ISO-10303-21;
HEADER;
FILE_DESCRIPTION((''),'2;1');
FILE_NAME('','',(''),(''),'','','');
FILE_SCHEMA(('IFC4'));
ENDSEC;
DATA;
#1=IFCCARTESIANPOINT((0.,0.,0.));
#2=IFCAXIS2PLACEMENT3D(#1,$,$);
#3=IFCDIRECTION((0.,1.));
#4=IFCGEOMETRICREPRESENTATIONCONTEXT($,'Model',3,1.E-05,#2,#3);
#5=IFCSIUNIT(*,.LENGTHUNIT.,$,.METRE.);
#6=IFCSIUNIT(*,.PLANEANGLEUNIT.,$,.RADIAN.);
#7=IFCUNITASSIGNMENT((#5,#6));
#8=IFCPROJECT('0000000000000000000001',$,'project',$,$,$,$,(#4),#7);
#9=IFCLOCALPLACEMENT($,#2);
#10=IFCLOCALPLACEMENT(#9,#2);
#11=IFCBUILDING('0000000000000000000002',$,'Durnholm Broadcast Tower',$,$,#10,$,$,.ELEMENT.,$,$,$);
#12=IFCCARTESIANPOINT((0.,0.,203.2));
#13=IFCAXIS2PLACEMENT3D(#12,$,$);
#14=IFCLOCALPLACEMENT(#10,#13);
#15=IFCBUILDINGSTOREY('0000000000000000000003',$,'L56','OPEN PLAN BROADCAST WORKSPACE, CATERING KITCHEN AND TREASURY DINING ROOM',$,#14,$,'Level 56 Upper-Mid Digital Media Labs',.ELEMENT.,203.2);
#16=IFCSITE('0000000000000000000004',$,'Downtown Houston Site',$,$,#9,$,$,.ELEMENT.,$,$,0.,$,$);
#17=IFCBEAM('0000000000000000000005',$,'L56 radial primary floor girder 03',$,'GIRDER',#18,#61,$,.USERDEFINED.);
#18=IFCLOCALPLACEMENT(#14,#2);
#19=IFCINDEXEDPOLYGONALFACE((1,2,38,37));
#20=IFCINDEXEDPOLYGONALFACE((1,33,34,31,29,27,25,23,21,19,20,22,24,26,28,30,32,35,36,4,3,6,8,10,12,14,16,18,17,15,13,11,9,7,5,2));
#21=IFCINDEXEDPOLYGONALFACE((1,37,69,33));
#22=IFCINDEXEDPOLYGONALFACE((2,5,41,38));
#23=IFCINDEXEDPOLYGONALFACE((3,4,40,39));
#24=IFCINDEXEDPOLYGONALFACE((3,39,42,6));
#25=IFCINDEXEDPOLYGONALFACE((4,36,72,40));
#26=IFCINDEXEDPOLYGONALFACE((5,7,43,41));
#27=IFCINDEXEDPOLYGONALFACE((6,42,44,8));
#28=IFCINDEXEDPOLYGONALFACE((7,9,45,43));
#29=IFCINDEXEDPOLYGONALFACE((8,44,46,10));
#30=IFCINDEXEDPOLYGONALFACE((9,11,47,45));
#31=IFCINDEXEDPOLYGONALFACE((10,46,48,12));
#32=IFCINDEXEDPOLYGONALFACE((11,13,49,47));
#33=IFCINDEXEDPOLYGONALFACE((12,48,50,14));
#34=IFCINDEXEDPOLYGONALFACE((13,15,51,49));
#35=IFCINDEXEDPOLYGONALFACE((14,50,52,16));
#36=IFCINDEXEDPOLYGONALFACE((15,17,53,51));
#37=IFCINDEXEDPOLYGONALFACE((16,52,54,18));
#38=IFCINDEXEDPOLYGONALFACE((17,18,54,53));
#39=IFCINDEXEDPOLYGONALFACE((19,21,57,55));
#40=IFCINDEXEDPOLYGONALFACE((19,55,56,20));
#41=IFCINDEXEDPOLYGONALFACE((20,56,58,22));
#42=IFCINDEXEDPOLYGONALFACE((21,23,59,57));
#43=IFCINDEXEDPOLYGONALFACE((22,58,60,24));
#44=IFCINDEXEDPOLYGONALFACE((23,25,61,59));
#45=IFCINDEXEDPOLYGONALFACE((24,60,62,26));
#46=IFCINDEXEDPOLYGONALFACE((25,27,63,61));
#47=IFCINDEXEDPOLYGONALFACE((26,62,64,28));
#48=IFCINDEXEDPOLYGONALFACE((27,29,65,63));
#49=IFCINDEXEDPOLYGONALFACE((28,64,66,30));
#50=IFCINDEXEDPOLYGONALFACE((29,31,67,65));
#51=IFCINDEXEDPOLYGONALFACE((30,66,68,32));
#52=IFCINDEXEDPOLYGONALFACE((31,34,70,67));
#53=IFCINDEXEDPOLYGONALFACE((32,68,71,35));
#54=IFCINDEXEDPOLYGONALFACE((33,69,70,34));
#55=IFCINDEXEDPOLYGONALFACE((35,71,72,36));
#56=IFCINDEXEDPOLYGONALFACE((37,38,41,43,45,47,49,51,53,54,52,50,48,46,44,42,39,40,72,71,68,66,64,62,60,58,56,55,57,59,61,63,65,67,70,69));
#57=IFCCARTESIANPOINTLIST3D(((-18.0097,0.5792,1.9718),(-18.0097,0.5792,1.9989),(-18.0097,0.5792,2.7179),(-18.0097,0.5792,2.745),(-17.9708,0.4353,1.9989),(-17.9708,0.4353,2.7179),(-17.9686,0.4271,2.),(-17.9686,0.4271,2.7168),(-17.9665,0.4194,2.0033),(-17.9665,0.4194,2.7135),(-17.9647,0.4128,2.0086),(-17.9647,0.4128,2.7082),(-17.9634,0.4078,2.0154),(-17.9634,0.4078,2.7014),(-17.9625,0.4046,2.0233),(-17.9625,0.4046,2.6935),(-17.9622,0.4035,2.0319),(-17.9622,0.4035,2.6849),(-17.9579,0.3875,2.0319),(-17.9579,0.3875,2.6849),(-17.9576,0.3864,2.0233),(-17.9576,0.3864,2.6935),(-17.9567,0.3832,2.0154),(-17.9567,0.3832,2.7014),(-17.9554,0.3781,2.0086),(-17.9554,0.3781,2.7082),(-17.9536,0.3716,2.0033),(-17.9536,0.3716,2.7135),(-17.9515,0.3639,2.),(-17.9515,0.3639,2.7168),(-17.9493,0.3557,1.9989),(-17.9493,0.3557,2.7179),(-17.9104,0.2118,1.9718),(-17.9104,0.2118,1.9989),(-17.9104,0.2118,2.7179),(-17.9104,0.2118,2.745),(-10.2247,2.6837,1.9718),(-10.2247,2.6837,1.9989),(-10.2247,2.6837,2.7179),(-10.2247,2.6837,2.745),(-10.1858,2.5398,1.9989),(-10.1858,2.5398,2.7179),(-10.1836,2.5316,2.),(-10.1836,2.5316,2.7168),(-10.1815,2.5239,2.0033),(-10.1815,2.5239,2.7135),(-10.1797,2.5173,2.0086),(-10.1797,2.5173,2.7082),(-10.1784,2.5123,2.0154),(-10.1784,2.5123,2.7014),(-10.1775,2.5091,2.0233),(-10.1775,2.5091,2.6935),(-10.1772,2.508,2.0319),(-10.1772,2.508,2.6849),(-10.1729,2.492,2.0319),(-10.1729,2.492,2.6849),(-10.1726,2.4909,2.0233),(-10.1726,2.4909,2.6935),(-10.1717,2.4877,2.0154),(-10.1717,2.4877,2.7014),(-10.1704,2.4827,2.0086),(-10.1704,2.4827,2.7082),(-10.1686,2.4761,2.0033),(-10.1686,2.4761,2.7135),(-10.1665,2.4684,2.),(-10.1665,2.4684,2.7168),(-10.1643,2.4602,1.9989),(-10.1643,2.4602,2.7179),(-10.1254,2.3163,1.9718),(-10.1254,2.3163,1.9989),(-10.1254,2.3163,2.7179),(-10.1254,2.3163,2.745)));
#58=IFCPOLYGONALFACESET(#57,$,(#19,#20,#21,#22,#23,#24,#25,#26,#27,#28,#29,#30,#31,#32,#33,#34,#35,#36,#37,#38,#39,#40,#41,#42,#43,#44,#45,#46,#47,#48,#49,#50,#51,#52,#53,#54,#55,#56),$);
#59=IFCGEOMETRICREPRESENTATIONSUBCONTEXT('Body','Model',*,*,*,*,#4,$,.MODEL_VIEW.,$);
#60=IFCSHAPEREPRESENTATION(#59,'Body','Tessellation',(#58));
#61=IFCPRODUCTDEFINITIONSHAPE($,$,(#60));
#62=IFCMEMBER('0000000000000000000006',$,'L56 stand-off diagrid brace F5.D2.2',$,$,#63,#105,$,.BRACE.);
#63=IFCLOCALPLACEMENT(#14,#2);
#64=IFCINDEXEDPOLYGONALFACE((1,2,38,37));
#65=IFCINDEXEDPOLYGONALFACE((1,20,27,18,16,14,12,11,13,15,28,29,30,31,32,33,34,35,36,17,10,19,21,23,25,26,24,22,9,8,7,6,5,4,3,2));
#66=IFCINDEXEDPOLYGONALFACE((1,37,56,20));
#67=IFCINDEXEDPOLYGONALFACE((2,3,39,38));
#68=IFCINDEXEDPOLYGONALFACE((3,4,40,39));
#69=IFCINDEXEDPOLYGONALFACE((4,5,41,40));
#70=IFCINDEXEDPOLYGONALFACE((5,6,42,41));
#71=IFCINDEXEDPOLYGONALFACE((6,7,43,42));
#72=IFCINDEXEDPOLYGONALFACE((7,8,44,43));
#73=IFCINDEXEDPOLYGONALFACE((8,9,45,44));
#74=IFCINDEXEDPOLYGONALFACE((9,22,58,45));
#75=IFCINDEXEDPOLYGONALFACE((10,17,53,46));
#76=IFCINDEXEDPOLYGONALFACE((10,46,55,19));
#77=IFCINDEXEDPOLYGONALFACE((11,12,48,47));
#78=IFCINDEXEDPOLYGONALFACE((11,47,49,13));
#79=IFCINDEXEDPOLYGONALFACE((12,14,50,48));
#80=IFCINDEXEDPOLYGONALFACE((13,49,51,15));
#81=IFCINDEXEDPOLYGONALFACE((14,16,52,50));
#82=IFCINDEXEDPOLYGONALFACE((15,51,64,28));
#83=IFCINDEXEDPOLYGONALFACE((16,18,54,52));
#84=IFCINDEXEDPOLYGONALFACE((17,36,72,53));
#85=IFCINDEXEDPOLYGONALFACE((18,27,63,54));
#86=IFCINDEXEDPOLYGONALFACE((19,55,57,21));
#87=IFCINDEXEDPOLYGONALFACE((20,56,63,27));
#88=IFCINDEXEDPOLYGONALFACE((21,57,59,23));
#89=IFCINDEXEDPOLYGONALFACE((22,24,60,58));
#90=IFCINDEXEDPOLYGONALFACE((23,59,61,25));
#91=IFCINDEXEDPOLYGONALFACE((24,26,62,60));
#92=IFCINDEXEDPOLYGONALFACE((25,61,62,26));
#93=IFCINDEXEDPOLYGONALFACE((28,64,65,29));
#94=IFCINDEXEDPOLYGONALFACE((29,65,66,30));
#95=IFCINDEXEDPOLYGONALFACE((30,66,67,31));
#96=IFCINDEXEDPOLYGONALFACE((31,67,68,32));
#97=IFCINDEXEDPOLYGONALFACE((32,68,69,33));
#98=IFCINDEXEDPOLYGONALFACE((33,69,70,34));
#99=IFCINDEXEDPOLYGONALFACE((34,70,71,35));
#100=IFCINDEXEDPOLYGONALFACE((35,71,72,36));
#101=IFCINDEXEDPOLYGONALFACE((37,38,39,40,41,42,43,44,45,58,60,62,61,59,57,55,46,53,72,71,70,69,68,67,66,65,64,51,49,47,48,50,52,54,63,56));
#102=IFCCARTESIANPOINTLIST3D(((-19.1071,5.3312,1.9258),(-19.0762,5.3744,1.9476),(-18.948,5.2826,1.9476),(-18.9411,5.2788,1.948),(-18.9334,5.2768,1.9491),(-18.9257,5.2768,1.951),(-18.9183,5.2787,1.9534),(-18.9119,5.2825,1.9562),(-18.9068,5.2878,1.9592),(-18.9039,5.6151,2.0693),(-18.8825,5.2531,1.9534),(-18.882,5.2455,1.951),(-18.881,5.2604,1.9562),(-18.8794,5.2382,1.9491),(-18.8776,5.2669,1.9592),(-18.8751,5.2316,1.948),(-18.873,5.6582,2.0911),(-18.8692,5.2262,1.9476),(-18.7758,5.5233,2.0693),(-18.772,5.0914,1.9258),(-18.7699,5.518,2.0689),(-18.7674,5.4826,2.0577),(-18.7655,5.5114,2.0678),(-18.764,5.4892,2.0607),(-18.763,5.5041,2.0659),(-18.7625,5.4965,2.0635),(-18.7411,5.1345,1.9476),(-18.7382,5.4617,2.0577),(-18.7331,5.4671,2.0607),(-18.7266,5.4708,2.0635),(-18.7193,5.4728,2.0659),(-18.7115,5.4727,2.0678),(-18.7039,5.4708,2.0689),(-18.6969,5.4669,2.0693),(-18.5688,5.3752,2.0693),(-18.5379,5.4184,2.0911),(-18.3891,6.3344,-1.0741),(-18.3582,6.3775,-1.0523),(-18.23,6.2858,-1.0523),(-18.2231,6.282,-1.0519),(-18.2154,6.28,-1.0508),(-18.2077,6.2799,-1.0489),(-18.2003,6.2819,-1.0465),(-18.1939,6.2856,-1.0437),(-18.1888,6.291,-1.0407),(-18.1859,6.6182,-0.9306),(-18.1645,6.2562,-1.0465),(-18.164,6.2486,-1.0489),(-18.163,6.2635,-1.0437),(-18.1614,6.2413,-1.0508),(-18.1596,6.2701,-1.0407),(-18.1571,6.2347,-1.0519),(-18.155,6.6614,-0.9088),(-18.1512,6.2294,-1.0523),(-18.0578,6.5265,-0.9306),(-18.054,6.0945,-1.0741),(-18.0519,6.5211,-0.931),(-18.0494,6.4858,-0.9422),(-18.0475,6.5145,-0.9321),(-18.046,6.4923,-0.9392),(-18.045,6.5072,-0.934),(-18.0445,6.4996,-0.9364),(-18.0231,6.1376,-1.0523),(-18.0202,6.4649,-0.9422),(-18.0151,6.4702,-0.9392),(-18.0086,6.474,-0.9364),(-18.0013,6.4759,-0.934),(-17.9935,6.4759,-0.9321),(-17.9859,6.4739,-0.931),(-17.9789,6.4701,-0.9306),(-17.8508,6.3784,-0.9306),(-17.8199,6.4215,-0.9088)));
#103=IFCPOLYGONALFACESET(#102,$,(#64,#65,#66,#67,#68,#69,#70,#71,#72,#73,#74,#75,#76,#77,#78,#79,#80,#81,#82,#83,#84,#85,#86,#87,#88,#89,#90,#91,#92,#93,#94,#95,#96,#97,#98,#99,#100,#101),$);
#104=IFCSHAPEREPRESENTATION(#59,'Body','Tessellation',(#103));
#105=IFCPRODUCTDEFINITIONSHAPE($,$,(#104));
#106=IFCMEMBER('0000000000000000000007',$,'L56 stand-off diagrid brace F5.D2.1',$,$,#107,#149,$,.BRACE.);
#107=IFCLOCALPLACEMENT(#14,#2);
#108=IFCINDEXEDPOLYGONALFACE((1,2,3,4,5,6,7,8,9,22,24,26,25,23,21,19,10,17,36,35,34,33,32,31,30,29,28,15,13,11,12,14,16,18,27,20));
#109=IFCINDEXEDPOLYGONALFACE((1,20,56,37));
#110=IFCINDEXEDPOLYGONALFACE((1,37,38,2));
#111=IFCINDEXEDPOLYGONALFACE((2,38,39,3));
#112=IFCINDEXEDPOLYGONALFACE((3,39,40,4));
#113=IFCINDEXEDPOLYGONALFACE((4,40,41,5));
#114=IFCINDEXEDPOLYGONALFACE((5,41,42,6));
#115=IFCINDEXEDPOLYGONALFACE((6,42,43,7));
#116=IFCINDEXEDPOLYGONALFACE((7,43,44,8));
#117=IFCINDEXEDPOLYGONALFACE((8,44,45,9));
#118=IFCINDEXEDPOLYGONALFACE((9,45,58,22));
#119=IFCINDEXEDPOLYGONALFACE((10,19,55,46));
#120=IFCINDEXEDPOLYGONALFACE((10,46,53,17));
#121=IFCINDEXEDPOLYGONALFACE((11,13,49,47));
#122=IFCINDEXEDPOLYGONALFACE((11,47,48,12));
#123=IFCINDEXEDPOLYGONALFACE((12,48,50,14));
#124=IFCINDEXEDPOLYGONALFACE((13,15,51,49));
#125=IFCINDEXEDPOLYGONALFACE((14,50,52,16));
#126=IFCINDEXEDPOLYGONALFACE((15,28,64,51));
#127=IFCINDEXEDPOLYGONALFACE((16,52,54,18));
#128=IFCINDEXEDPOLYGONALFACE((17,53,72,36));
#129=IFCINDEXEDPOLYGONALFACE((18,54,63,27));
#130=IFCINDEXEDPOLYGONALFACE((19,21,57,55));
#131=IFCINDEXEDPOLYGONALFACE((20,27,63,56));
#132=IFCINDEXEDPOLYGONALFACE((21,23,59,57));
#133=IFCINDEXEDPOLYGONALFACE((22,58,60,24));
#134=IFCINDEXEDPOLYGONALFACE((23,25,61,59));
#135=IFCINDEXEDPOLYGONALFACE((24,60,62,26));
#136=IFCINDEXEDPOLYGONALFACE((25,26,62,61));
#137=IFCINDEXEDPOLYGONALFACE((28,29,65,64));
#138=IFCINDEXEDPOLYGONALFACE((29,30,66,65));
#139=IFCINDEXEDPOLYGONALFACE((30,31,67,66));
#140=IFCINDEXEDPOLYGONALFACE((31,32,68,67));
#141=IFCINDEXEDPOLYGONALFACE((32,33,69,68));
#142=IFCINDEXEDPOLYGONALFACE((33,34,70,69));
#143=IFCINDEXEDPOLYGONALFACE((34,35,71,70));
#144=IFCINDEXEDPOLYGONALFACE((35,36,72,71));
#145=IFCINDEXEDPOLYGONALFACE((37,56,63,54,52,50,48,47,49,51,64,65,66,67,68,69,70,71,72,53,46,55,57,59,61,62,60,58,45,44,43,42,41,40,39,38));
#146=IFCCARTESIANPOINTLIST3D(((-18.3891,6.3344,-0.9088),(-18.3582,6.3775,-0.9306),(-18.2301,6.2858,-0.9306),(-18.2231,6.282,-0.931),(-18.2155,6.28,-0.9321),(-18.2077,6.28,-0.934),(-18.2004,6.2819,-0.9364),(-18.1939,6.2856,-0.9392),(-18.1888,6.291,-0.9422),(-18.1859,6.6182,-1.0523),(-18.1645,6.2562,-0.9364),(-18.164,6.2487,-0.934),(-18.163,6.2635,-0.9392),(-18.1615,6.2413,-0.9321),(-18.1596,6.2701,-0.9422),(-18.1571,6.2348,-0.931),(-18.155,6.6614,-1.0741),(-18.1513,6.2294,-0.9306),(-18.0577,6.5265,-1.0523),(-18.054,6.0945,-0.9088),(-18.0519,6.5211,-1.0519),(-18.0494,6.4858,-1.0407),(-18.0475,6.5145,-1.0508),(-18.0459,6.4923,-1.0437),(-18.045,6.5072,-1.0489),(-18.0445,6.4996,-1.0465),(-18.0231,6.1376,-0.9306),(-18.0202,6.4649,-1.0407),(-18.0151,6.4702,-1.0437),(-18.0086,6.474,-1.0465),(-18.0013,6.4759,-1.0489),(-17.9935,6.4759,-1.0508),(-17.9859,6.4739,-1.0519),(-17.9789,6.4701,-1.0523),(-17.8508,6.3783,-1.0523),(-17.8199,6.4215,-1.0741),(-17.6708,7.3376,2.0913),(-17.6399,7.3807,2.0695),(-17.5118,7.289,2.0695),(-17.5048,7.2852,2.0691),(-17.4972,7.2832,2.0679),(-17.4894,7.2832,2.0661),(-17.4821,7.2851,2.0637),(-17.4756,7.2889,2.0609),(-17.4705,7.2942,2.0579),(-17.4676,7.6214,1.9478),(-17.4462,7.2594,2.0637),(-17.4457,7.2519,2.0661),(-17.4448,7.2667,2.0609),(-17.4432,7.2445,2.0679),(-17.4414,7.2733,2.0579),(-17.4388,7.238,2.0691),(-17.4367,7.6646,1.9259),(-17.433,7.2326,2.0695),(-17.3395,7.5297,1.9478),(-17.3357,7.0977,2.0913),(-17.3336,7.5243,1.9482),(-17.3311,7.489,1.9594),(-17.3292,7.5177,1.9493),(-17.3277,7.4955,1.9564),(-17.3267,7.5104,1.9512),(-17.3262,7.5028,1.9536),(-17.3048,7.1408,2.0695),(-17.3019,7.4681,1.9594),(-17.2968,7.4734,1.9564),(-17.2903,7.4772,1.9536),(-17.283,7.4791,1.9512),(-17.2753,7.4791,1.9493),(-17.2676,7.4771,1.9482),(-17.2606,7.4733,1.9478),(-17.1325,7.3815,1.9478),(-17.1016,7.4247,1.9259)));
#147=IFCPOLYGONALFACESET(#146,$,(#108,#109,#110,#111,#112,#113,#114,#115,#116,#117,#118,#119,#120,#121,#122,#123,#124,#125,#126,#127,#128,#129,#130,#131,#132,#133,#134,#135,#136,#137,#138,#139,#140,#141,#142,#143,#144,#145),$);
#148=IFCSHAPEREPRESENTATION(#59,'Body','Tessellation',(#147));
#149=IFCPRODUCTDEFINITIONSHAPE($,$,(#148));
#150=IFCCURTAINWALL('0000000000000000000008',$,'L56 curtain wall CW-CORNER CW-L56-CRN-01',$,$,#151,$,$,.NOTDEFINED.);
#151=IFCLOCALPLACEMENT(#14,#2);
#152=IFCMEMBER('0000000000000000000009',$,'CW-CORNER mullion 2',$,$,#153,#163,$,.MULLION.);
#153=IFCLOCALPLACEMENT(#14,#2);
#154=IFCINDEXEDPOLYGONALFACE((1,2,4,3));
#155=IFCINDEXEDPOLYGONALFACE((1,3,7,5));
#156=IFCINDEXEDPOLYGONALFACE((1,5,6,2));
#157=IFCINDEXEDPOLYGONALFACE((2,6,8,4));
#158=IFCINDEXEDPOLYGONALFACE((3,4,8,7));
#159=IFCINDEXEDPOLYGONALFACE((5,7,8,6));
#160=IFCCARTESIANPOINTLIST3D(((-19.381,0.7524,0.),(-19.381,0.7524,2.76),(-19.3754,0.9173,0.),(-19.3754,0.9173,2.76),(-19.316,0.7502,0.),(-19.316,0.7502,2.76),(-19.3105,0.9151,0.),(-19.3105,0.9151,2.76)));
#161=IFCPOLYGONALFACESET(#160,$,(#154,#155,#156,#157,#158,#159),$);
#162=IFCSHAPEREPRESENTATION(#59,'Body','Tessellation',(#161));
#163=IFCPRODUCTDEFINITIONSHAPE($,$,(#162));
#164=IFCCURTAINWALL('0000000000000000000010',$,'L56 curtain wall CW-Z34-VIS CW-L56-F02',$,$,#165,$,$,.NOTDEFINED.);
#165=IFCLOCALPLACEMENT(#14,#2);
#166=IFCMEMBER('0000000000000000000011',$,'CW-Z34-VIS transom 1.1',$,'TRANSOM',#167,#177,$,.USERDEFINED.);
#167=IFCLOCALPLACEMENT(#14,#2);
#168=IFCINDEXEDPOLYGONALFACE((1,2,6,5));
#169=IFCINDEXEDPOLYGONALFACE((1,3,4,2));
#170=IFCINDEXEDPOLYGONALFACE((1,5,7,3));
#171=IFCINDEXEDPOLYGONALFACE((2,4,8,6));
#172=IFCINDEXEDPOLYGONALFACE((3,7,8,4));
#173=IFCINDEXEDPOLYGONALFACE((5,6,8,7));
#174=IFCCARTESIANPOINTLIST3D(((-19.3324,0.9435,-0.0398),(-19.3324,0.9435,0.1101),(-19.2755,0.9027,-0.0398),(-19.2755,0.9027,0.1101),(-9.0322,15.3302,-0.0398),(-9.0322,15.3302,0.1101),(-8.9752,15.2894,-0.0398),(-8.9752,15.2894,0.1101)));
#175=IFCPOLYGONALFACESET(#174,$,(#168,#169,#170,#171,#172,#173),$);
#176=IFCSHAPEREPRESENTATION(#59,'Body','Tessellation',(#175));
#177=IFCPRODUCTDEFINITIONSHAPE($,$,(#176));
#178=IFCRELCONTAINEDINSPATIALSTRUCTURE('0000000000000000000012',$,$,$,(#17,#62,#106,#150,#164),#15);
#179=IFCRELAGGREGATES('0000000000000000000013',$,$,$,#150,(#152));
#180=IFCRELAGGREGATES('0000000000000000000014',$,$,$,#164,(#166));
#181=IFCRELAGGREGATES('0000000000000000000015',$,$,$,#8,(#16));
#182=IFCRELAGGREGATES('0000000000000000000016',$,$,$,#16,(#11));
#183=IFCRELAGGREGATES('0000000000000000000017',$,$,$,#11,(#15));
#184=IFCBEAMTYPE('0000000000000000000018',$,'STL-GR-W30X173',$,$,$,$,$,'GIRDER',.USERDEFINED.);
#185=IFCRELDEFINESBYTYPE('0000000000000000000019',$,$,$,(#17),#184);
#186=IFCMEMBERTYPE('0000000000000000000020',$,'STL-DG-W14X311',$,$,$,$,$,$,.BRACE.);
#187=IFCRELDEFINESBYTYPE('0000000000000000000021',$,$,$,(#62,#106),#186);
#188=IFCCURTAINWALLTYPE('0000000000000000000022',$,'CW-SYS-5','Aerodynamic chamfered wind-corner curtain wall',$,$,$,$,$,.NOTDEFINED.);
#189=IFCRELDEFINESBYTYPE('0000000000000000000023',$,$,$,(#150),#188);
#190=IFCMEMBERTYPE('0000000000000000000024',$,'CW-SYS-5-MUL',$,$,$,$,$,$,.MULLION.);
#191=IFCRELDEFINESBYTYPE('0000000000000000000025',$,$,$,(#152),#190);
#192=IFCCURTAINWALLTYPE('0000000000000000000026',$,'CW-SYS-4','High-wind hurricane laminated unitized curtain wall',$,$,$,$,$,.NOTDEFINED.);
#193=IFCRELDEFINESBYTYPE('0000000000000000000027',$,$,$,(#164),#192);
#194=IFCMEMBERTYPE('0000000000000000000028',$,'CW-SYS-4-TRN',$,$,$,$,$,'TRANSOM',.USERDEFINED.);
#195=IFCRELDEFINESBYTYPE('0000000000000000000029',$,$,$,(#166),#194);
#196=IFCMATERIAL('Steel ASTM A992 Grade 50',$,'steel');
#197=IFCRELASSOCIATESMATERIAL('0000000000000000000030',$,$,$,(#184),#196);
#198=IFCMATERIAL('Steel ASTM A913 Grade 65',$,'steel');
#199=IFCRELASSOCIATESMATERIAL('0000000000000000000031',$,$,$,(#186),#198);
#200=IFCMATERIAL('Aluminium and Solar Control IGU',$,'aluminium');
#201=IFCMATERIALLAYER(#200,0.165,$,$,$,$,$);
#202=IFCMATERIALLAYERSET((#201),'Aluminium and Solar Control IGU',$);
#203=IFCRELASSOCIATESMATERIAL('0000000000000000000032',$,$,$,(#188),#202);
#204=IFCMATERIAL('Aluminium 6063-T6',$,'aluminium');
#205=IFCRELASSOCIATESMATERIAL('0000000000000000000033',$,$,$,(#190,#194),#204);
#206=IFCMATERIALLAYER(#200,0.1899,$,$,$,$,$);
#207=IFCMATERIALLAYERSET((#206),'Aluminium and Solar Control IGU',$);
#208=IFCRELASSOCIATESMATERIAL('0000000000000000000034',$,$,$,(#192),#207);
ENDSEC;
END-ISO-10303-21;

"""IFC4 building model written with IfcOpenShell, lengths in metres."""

from ifc_helpers import new_model, si_unit, direction, frame, origin, origin_2d, place, context, subcontext, project, spatial, rectangle, i_section, extrude, source, transform, mapped, material, layer, layer_set, material_profile, profile_set, type_object, type_shapes, element, aggregate, save


model = new_model("IFC4")

# Units and contexts
model_context = context("Model", 3, precision=1e-05, world=origin(), true_north=direction((0.0, 1.0)))
body_context = subcontext(model_context, "Body", "Model", "MODEL_VIEW")
ifc_project = project(units=[si_unit("LENGTHUNIT", "METRE"), si_unit("PLANEANGLEUNIT", "RADIAN")], contexts=[model_context])

# Site, building, storey
site_placement = place(None, origin())
site = spatial("IfcSite", under=ifc_project, at=site_placement, Name="Downtown Houston Site", CompositionType="ELEMENT", RefElevation=0.0)
building_placement = place(site_placement, origin())
building = spatial("IfcBuilding", under=site, at=building_placement, Name="Durnholm Broadcast Tower", CompositionType="ELEMENT")
storey_placement = place(building_placement, frame((0.0, 0.0, 203.2)))
storey = spatial("IfcBuildingStorey", under=building, at=storey_placement, Name="L56", Description="OPEN PLAN BROADCAST WORKSPACE, CATERING KITCHEN AND TREASURY DINING ROOM", LongName="Level 56 Upper-Mid Digital Media Labs", CompositionType="ELEMENT", Elevation=203.2)

# Beam
ifc_material_1 = material(Name="Steel ASTM A992 Grade 50", Category="steel")
ifc_material_profile_1 = material_profile(ifc_material_1, i_section(OverallWidth=0.3806, OverallDepth=0.7732, WebThickness=0.0166, FlangeThickness=0.0271, FilletRadius=0.033, at=origin_2d()), Name="W30X173")
ifc_profile_set_1 = profile_set([ifc_material_profile_1], Name="Steel ASTM A992 Grade 50")
beam_type_1 = type_object("IfcBeamType", Name="STL-GR-W30X173", ElementType="GIRDER", PredefinedType="USERDEFINED", material=ifc_profile_set_1)
shared_shape_1 = source(origin(), body_context, "Body", "SweptSolid", [
    extrude(i_section(OverallWidth=0.3806, OverallDepth=0.7732, WebThickness=0.0166, FlangeThickness=0.0271, FilletRadius=0.033, at=origin_2d()), origin(), (0.0, 0.0, 1.0), 8.0645),
])
beam_1_placement = place(storey_placement, frame((-10.175, 2.5, 2.3584), z_axis=(-0.965349, -0.260962, 0.0), x_axis=(0.260962, -0.965349, 0.0)))
element("IfcBeam", 1, at=beam_1_placement, inside=storey, type_object=beam_type_1, Name="L56 radial primary floor girder 03", ObjectType="GIRDER", PredefinedType="USERDEFINED", context=body_context, shape_type="MappedRepresentation", body=[
    mapped(shared_shape_1, transform((0.0, 0.0, 0.0), x_axis=(1.0, 0.0, 0.0), y_axis=(0.0, 1.0, 0.0), z_axis=(0.0, 0.0, 1.0), scale=1.0)),
])

# Members
ifc_material_2 = material(Name="Steel ASTM A913 Grade 65", Category="steel")
ifc_material_profile_2 = material_profile(ifc_material_2, i_section(OverallWidth=0.4121, OverallDepth=0.4348, WebThickness=0.0359, FlangeThickness=0.0574, FilletRadius=0.0305, at=origin_2d()), Name="W14X311")
ifc_profile_set_2 = profile_set([ifc_material_profile_2], Name="Steel ASTM A913 Grade 65")
member_type_1 = type_object("IfcMemberType", Name="STL-DG-W14X311", PredefinedType="BRACE", material=ifc_profile_set_2)
shared_shape_2 = source(origin(), body_context, "Body", "SweptSolid", [
    extrude(i_section(OverallWidth=0.4121, OverallDepth=0.4348, WebThickness=0.0359, FlangeThickness=0.0574, FilletRadius=0.0305, at=origin_2d()), origin(), (0.0, 0.0, 1.0), 3.2437),
])
member_1_placement = place(storey_placement, frame((-18.1045, 6.3779, -0.9915), z_axis=(-0.221354, -0.309264, 0.924856), x_axis=(0.813171, -0.582024, 0.0)))
element("IfcMember", 2, at=member_1_placement, inside=storey, type_object=member_type_1, Name="L56 stand-off diagrid brace F5.D2.2", PredefinedType="BRACE", context=body_context, shape_type="MappedRepresentation", body=[
    mapped(shared_shape_2, transform((0.0, 0.0, 0.0), x_axis=(1.0, 0.0, 0.0), y_axis=(0.0, 1.0, 0.0), z_axis=(0.0, 0.0, 1.0), scale=1.0)),
])
shared_shape_3 = source(origin(), body_context, "Body", "SweptSolid", [
    extrude(i_section(OverallWidth=0.4121, OverallDepth=0.4348, WebThickness=0.0359, FlangeThickness=0.0574, FilletRadius=0.0305, at=origin_2d()), origin(), (0.0, 0.0, 1.0), 3.2439),
])
type_shapes(member_type_1, [shared_shape_2, shared_shape_3])
member_2_placement = place(storey_placement, frame((-18.1045, 6.3779, -0.9915), z_axis=(0.221426, 0.309259, 0.92484), x_axis=(-0.813078, 0.582155, 0.0)))
element("IfcMember", 3, at=member_2_placement, inside=storey, type_object=member_type_1, Name="L56 stand-off diagrid brace F5.D2.1", PredefinedType="BRACE", context=body_context, shape_type="MappedRepresentation", body=[
    mapped(shared_shape_3, transform((0.0, 0.0, 0.0), x_axis=(1.0, 0.0, 0.0), y_axis=(0.0, 1.0, 0.0), z_axis=(0.0, 0.0, 1.0), scale=1.0)),
])

# Curtain wall, member
ifc_material_3 = material(Name="Aluminium and Solar Control IGU", Category="aluminium")
ifc_layer_1 = layer(ifc_material_3, 0.165)
ifc_layer_set_1 = layer_set([ifc_layer_1], Name="Aluminium and Solar Control IGU")
curtain_wall_type_1 = type_object("IfcCurtainWallType", Name="CW-SYS-5", Description="Aerodynamic chamfered wind-corner curtain wall", PredefinedType="NOTDEFINED", material=ifc_layer_set_1)
curtain_wall_1_placement = place(storey_placement, origin())
curtain_wall_1 = element("IfcCurtainWall", 4, at=curtain_wall_1_placement, inside=storey, type_object=curtain_wall_type_1, Name="L56 curtain wall CW-CORNER CW-L56-CRN-01", PredefinedType="NOTDEFINED")
ifc_material_4 = material(Name="Aluminium 6063-T6", Category="aluminium")
ifc_material_profile_3 = material_profile(ifc_material_4, rectangle(XDim=0.0649, YDim=0.165, at=origin_2d()), Name="CWM65X165")
ifc_profile_set_3 = profile_set([ifc_material_profile_3], Name="Aluminium 6063-T6")
member_type_2 = type_object("IfcMemberType", Name="CW-SYS-5-MUL", PredefinedType="MULLION", material=ifc_profile_set_3)
shared_shape_4 = source(origin(), body_context, "Body", "SweptSolid", [
    extrude(rectangle(XDim=0.0649, YDim=0.165, at=origin_2d()), origin(), (0.0, 0.0, 1.0), 2.76),
])
type_shapes(member_type_2, [shared_shape_4])
member_3_placement = place(storey_placement, frame((-19.3457, 0.8337, 0.0), z_axis=(0.0, 0.0, 1.0), x_axis=(-0.999425, 0.033913, 0.0)))
member_3 = element("IfcMember", 5, at=member_3_placement, type_object=member_type_2, Name="CW-CORNER mullion 2", PredefinedType="MULLION", context=body_context, shape_type="MappedRepresentation", body=[
    mapped(shared_shape_4, transform((0.0, 0.0, 0.0), x_axis=(1.0, 0.0, 0.0), y_axis=(0.0, 1.0, 0.0), z_axis=(0.0, 0.0, 1.0), scale=1.0)),
])
aggregate(curtain_wall_1, [member_3])

# Curtain wall, member
ifc_layer_2 = layer(ifc_material_3, 0.1899)
ifc_layer_set_2 = layer_set([ifc_layer_2], Name="Aluminium and Solar Control IGU")
curtain_wall_type_2 = type_object("IfcCurtainWallType", Name="CW-SYS-4", Description="High-wind hurricane laminated unitized curtain wall", PredefinedType="NOTDEFINED", material=ifc_layer_set_2)
curtain_wall_2_placement = place(storey_placement, origin())
curtain_wall_2 = element("IfcCurtainWall", 6, at=curtain_wall_2_placement, inside=storey, type_object=curtain_wall_type_2, Name="L56 curtain wall CW-Z34-VIS CW-L56-F02", PredefinedType="NOTDEFINED")
ifc_material_profile_4 = material_profile(ifc_material_4, rectangle(XDim=0.0701, YDim=0.1499, at=origin_2d()), Name="CWT70X150")
ifc_profile_set_4 = profile_set([ifc_material_profile_4], Name="Aluminium 6063-T6")
member_type_3 = type_object("IfcMemberType", Name="CW-SYS-4-TRN", ElementType="TRANSOM", PredefinedType="USERDEFINED", material=ifc_profile_set_4)
shared_shape_5 = source(origin(), body_context, "Body", "SweptSolid", [
    extrude(rectangle(XDim=0.0701, YDim=0.1499, at=origin_2d()), origin(), (0.0, 0.0, 1.0), 17.6938),
])
type_shapes(member_type_3, [shared_shape_5])
member_4_placement = place(storey_placement, frame((-19.304, 0.9231, 0.0352), z_axis=(0.582138, 0.81309, 0.0), x_axis=(-0.81309, 0.582138, 0.0)))
member_4 = element("IfcMember", 7, at=member_4_placement, type_object=member_type_3, Name="CW-Z34-VIS transom 1.1", ObjectType="TRANSOM", PredefinedType="USERDEFINED", context=body_context, shape_type="MappedRepresentation", body=[
    mapped(shared_shape_5, transform((0.0, 0.0, 0.0), x_axis=(1.0, 0.0, 0.0), y_axis=(0.0, 1.0, 0.0), z_axis=(0.0, 0.0, 1.0), scale=1.0)),
])
aggregate(curtain_wall_2, [member_4])

save(model, "model.ifc")
